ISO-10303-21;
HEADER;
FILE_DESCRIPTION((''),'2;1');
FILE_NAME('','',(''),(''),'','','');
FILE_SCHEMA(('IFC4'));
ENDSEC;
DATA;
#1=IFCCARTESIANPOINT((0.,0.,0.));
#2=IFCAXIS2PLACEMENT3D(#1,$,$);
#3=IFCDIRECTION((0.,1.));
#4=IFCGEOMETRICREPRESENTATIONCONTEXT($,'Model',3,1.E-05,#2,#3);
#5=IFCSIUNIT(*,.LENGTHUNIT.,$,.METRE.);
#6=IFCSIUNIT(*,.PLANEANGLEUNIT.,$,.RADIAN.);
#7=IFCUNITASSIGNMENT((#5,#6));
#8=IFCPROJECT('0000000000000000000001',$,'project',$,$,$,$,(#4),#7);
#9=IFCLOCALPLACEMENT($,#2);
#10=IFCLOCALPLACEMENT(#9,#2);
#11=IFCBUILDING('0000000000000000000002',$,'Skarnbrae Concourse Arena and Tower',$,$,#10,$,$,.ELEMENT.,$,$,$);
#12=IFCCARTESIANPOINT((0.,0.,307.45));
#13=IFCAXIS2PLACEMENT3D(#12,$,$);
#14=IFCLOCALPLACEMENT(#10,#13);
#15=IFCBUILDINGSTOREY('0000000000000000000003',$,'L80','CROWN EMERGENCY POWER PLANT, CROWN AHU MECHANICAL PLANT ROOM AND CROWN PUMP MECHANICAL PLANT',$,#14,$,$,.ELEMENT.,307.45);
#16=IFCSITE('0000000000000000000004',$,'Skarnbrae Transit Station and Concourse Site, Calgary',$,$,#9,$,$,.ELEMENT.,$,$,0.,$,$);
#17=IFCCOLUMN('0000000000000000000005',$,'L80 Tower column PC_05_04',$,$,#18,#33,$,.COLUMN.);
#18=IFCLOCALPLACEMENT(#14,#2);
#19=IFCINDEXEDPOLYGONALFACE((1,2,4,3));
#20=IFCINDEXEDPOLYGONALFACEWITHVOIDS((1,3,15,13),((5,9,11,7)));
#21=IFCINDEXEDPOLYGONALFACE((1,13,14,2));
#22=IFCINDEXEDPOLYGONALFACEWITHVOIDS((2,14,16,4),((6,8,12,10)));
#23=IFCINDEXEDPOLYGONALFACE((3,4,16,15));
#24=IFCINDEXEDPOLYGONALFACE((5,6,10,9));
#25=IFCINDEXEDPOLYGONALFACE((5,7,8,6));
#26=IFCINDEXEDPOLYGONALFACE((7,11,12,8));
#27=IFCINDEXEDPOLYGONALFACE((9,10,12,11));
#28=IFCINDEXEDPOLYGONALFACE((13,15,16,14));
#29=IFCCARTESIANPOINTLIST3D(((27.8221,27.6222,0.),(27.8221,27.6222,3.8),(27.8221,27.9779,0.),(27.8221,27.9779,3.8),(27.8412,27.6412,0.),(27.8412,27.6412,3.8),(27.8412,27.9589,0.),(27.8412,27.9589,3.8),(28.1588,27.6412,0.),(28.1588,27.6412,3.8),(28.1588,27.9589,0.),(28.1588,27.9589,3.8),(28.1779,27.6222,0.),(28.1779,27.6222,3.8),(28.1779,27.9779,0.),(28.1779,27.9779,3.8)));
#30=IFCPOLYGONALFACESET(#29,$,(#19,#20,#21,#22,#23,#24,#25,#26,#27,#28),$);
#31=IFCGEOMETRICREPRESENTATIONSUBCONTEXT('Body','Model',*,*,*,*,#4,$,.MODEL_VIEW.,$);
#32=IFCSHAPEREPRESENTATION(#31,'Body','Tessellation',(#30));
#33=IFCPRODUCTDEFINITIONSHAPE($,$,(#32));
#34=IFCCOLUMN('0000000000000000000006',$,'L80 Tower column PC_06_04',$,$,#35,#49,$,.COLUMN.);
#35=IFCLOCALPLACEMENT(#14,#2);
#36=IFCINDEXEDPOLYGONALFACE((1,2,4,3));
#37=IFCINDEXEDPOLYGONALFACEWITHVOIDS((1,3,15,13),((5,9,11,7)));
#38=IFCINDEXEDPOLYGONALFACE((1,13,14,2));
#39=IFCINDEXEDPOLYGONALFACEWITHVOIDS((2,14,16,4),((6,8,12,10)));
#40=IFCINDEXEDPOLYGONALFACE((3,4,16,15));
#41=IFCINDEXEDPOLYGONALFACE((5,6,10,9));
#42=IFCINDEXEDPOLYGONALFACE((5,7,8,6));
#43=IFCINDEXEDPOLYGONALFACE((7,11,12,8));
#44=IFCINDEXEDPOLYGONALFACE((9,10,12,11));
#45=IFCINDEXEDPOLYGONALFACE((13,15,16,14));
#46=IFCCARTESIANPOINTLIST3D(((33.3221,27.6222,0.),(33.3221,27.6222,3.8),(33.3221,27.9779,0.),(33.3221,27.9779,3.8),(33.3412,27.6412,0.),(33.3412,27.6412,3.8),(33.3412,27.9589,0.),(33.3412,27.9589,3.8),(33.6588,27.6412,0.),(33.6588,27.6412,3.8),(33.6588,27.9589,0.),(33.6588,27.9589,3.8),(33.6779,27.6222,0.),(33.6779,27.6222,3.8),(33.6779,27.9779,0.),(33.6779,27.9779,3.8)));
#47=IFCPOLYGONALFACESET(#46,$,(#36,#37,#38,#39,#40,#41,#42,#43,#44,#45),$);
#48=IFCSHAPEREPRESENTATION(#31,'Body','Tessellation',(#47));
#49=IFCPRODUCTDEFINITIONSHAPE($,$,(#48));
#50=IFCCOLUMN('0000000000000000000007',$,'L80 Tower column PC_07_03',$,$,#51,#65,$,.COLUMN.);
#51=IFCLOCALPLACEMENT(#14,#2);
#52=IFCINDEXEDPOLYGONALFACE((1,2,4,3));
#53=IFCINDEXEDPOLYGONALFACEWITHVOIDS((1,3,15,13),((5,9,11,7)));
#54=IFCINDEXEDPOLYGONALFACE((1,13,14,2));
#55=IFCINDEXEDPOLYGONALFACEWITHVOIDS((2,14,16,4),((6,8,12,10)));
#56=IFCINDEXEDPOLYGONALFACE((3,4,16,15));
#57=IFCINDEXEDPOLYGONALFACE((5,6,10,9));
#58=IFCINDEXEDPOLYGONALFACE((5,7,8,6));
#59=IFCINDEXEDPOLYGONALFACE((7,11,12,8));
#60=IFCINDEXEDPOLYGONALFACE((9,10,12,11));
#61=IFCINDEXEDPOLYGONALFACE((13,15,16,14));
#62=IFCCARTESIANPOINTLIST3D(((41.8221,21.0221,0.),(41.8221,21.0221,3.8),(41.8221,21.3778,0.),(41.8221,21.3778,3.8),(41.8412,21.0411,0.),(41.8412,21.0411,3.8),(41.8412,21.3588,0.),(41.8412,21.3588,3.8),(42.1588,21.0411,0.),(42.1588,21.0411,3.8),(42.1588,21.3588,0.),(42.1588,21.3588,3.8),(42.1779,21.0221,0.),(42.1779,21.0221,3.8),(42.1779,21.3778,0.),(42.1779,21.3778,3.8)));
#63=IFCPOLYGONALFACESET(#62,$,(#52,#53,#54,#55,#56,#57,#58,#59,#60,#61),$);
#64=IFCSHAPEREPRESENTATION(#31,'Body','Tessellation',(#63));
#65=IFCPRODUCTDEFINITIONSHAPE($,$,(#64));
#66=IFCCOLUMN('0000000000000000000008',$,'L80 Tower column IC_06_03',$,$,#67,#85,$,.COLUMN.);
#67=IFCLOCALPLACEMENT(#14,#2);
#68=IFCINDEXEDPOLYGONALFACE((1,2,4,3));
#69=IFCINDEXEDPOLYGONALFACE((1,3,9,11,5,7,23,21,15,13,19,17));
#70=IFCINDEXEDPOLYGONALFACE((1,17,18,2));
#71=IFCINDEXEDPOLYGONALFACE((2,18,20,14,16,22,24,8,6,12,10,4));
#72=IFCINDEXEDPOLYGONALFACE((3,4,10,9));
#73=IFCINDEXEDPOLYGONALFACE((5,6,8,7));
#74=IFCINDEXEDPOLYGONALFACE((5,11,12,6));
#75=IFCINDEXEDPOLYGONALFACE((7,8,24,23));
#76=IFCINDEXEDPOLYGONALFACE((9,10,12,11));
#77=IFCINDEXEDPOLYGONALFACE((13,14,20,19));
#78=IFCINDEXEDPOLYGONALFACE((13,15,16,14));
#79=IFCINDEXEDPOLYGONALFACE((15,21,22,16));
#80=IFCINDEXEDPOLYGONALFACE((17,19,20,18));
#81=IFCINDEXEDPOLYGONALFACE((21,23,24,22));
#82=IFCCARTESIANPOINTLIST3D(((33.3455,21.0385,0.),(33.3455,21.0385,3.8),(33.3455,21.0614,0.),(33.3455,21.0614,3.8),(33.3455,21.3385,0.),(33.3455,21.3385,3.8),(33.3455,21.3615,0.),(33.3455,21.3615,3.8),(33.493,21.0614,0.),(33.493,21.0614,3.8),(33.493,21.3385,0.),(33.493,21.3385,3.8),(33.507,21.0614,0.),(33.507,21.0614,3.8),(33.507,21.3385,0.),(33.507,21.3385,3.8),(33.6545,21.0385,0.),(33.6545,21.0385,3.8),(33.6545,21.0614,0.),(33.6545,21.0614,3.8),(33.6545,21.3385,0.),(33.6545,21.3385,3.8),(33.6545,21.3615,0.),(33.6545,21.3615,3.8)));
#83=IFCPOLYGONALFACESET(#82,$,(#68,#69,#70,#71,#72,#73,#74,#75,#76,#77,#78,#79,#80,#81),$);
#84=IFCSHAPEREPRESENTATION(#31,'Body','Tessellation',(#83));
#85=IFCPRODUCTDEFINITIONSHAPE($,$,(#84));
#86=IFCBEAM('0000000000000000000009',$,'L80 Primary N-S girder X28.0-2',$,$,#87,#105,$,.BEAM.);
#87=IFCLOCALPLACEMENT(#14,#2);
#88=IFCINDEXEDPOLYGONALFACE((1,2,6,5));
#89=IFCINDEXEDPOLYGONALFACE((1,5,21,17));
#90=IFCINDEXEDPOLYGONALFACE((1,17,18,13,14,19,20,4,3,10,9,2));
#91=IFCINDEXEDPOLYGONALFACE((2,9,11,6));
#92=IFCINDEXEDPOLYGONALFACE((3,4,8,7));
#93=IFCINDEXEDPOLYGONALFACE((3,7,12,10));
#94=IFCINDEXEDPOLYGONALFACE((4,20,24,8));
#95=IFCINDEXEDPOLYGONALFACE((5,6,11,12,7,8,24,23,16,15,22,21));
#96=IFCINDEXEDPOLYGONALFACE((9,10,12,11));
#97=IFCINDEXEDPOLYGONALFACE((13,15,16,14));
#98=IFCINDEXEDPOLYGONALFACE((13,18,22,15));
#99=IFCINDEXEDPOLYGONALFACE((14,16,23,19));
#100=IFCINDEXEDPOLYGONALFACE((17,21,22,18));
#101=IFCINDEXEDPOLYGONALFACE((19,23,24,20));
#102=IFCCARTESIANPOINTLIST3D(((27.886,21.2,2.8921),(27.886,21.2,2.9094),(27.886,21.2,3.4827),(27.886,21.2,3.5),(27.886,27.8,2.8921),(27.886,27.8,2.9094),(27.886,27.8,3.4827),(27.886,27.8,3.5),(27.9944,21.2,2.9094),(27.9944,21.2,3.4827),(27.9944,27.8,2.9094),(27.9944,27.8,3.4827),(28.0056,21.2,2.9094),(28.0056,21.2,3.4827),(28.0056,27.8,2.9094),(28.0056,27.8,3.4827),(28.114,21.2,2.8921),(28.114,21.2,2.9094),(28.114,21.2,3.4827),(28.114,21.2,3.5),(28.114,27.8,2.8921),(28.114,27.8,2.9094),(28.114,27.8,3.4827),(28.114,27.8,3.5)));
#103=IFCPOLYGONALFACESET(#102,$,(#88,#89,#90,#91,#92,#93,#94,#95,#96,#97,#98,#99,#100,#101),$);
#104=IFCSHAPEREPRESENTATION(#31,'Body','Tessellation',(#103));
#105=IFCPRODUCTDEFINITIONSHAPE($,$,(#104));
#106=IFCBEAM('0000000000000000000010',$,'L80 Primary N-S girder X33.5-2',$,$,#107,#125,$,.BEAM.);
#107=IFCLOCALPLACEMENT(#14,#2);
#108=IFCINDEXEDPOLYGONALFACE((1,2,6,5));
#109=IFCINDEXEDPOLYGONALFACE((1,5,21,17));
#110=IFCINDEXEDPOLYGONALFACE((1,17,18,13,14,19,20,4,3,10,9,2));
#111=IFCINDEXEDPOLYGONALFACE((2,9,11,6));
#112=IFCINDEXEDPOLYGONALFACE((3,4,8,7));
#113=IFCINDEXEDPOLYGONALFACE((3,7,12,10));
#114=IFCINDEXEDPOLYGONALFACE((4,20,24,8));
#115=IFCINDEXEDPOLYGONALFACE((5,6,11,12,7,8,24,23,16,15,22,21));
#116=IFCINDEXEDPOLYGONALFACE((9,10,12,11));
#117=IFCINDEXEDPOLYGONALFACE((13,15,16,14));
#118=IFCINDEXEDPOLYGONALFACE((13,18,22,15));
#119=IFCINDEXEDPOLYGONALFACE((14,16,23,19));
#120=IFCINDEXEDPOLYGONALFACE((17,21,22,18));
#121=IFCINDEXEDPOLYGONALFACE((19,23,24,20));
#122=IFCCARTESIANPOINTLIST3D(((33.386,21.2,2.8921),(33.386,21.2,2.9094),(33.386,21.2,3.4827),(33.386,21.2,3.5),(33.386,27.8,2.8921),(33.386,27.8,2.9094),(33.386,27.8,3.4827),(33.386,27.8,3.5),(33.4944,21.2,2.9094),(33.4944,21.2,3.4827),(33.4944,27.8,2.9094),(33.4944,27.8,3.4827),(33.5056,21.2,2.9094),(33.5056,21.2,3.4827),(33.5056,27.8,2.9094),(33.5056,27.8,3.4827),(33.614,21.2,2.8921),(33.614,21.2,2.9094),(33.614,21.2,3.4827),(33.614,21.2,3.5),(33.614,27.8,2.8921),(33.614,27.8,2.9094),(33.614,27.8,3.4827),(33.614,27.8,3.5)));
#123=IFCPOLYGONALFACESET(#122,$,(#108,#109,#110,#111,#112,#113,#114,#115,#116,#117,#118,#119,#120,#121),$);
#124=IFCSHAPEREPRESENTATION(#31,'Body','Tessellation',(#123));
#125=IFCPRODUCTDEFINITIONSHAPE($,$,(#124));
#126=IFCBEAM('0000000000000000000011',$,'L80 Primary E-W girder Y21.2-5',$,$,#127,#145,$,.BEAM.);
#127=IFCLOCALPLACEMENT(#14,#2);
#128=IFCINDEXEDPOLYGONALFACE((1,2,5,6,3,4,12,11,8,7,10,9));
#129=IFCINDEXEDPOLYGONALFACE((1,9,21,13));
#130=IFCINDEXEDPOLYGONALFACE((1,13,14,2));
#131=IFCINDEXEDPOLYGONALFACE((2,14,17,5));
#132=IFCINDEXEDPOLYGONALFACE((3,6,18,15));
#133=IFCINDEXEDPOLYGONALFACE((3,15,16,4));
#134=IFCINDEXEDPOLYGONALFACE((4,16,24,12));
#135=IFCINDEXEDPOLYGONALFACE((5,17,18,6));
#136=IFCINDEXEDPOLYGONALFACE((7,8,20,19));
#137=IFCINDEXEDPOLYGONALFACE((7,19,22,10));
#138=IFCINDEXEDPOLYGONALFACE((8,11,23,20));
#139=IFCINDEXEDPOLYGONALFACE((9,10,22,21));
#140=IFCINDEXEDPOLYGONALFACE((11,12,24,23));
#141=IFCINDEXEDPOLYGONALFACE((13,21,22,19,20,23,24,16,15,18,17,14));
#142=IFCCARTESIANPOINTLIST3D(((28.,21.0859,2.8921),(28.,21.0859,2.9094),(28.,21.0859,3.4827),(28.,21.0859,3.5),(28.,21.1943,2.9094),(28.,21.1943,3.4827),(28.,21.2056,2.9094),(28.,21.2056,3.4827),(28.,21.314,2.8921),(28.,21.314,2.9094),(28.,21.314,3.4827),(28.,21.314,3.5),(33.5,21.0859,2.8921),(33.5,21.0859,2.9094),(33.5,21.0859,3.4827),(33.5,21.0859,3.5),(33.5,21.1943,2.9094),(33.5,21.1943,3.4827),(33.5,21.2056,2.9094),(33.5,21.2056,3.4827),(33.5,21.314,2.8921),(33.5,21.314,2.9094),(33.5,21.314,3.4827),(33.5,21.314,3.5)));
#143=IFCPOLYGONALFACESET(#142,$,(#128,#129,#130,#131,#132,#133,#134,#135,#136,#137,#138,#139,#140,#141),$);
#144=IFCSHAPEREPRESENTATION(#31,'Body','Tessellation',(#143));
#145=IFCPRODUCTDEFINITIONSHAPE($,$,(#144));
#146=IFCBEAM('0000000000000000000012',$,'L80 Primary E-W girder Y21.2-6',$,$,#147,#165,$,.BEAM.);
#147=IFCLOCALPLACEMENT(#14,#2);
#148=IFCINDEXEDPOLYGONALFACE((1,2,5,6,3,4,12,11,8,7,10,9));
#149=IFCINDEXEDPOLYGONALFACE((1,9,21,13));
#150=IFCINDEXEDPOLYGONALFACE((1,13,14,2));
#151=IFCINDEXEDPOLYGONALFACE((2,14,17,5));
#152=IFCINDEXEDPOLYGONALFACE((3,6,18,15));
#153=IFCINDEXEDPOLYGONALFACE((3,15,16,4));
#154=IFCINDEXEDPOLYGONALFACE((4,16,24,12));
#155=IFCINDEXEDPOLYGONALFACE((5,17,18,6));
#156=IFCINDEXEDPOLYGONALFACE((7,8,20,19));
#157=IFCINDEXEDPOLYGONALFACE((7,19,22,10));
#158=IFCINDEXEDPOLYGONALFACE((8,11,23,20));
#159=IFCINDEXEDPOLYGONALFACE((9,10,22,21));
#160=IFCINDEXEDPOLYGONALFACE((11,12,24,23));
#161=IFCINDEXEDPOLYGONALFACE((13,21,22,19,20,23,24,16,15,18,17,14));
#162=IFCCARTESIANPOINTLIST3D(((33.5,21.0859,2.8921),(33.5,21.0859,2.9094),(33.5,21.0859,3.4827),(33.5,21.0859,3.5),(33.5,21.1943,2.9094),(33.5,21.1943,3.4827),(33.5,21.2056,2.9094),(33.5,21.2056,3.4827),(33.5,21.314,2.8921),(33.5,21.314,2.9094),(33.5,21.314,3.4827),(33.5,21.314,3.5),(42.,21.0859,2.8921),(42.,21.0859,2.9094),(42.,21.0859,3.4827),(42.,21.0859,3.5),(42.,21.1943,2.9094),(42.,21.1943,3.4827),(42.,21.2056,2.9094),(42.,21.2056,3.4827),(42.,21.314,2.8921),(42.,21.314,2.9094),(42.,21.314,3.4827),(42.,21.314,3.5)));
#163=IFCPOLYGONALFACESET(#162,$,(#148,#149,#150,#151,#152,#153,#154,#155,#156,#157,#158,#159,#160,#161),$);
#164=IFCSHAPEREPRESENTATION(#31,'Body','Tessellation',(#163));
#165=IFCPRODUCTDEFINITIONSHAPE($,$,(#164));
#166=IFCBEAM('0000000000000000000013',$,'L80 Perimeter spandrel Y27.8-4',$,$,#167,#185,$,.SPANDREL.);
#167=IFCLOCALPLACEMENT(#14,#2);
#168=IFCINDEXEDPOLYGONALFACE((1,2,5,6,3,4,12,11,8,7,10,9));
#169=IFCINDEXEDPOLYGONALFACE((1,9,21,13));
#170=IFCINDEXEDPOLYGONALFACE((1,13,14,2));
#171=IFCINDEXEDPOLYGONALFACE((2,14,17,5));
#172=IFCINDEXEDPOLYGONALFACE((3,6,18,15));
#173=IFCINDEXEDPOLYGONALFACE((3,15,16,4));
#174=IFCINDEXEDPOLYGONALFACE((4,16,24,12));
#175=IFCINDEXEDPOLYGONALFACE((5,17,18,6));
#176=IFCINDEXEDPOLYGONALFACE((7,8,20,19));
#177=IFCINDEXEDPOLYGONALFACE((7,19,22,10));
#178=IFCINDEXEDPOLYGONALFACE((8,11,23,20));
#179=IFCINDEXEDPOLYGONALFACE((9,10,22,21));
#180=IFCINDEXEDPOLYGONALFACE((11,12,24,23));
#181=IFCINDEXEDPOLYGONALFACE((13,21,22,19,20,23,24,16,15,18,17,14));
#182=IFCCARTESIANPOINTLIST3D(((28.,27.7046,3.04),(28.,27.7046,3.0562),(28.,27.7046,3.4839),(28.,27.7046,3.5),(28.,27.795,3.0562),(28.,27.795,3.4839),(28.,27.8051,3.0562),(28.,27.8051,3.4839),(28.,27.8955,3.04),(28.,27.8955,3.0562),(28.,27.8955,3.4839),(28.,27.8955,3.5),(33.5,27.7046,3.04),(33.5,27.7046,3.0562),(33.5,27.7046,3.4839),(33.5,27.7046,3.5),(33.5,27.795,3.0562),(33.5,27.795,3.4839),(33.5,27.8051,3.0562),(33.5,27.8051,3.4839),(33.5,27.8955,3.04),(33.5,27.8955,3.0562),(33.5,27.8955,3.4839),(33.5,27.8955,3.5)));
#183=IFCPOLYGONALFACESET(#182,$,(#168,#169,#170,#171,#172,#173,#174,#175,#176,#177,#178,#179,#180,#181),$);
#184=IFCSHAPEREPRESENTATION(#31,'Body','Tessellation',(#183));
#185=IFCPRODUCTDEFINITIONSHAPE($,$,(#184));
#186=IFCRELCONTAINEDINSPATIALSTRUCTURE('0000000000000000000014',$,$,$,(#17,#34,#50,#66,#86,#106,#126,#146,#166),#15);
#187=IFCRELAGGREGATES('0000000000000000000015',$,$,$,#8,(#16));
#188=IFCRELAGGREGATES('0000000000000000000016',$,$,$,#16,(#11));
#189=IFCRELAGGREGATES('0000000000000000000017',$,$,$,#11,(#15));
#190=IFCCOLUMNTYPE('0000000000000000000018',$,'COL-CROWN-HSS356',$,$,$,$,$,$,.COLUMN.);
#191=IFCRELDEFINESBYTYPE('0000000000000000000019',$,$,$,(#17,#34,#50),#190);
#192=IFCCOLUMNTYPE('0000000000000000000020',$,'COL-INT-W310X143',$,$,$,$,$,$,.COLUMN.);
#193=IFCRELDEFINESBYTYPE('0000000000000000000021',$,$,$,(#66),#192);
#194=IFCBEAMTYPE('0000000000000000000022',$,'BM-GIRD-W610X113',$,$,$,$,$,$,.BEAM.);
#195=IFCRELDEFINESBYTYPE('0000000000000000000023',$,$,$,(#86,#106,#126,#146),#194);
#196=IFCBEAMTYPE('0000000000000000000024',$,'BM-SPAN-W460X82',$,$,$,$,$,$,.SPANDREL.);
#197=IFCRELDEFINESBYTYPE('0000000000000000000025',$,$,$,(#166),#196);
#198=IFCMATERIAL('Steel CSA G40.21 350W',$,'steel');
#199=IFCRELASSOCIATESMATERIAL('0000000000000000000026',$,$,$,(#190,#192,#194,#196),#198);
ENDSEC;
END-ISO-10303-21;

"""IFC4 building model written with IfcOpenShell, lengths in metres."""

from ifc_helpers import new_model, si_unit, direction, frame, origin, origin_2d, place, context, subcontext, project, spatial, hollow_rectangle, i_section, extrude, source, transform, mapped, material, material_profile, profile_set, type_object, element, save


model = new_model("IFC4")

# Units and contexts
model_context = context("Model", 3, precision=1e-05, world=origin(), true_north=direction((0.0, 1.0)))
body_context = subcontext(model_context, "Body", "Model", "MODEL_VIEW")
ifc_project = project(units=[si_unit("LENGTHUNIT", "METRE"), si_unit("PLANEANGLEUNIT", "RADIAN")], contexts=[model_context])

# Site, building, storey
site_placement = place(None, origin())
site = spatial("IfcSite", under=ifc_project, at=site_placement, Name="Skarnbrae Transit Station and Concourse Site, Calgary", CompositionType="ELEMENT", RefElevation=0.0)
building_placement = place(site_placement, origin())
building = spatial("IfcBuilding", under=site, at=building_placement, Name="Skarnbrae Concourse Arena and Tower", CompositionType="ELEMENT")
storey_placement = place(building_placement, frame((0.0, 0.0, 307.45)))
storey = spatial("IfcBuildingStorey", under=building, at=storey_placement, Name="L80", Description="CROWN EMERGENCY POWER PLANT, CROWN AHU MECHANICAL PLANT ROOM AND CROWN PUMP MECHANICAL PLANT", CompositionType="ELEMENT", Elevation=307.45)

# Columns
ifc_material_1 = material(Name="Steel CSA G40.21 350W", Category="steel")
ifc_material_profile_1 = material_profile(ifc_material_1, hollow_rectangle(XDim=0.3557, YDim=0.3557, WallThickness=0.019, at=origin_2d()), Name="HSS356X356X19.0")
ifc_profile_set_1 = profile_set([ifc_material_profile_1], Name="Steel CSA G40.21 350W")
column_type_1 = type_object("IfcColumnType", Name="COL-CROWN-HSS356", PredefinedType="COLUMN", material=ifc_profile_set_1)
shared_shape_1 = source(origin(), body_context, "Body", "SweptSolid", [
    extrude(hollow_rectangle(XDim=0.3557, YDim=0.3557, WallThickness=0.019, at=origin_2d()), origin(), (0.0, 0.0, 1.0), 3.8),
])
for number, where, z_axis, x_axis, name in (
    (1, (28.0, 27.8, 0.0), (0.0, 0.0, 1.0), (1.0, 0.0, 0.0), "L80 Tower column PC_05_04"),
    (2, (33.5, 27.8, 0.0), (0.0, 0.0, 1.0), (1.0, 0.0, 0.0), "L80 Tower column PC_06_04"),
    (3, (42.0, 21.2, 0.0), (0.0, 0.0, 1.0), (1.0, 0.0, 0.0), "L80 Tower column PC_07_03"),
):
    element("IfcColumn", number, at=place(storey_placement, frame(where, z_axis=z_axis, x_axis=x_axis)), inside=storey, type_object=column_type_1, Name=name, PredefinedType="COLUMN", context=body_context, shape_type="MappedRepresentation", body=[
        mapped(shared_shape_1, transform((0.0, 0.0, 0.0))),
    ])
ifc_material_profile_2 = material_profile(ifc_material_1, i_section(OverallWidth=0.3091, OverallDepth=0.323, WebThickness=0.0139, FlangeThickness=0.0229, at=origin_2d()), Name="W310X143")
ifc_profile_set_2 = profile_set([ifc_material_profile_2], Name="Steel CSA G40.21 350W")
column_type_2 = type_object("IfcColumnType", Name="COL-INT-W310X143", PredefinedType="COLUMN", material=ifc_profile_set_2)
shared_shape_2 = source(origin(), body_context, "Body", "SweptSolid", [
    extrude(i_section(OverallWidth=0.3091, OverallDepth=0.323, WebThickness=0.0139, FlangeThickness=0.0229, at=origin_2d()), origin(), (0.0, 0.0, 1.0), 3.8),
])
column_placement = place(storey_placement, frame((33.5, 21.2, 0.0), z_axis=(0.0, 0.0, 1.0), x_axis=(1.0, 0.0, 0.0)))
element("IfcColumn", 4, at=column_placement, inside=storey, type_object=column_type_2, Name="L80 Tower column IC_06_03", PredefinedType="COLUMN", context=body_context, shape_type="MappedRepresentation", body=[
    mapped(shared_shape_2, transform((0.0, 0.0, 0.0))),
])

# Beams
ifc_material_profile_3 = material_profile(ifc_material_1, i_section(OverallWidth=0.228, OverallDepth=0.6079, WebThickness=0.0112, FlangeThickness=0.0173, at=origin_2d()), Name="W610X113")
ifc_profile_set_3 = profile_set([ifc_material_profile_3], Name="Steel CSA G40.21 350W")
beam_type_1 = type_object("IfcBeamType", Name="BM-GIRD-W610X113", PredefinedType="BEAM", material=ifc_profile_set_3)
shared_shape_3 = source(origin(), body_context, "Body", "SweptSolid", [
    extrude(i_section(OverallWidth=0.228, OverallDepth=0.6079, WebThickness=0.0112, FlangeThickness=0.0173, at=origin_2d()), origin(), (0.0, 0.0, 1.0), 6.6001),
])
for number, where, z_axis, x_axis, name in (
    (5, (28.0, 21.2, 3.196), (0.0, 1.0, 0.0), (-1.0, 0.0, 0.0), "L80 Primary N-S girder X28.0-2"),
    (6, (33.5, 21.2, 3.196), (0.0, 1.0, 0.0), (-1.0, 0.0, 0.0), "L80 Primary N-S girder X33.5-2"),
):
    element("IfcBeam", number, at=place(storey_placement, frame(where, z_axis=z_axis, x_axis=x_axis)), inside=storey, type_object=beam_type_1, Name=name, PredefinedType="BEAM", context=body_context, shape_type="MappedRepresentation", body=[
        mapped(shared_shape_3, transform((0.0, 0.0, 0.0))),
    ])
shared_shape_4 = source(origin(), body_context, "Body", "SweptSolid", [
    extrude(i_section(OverallWidth=0.228, OverallDepth=0.6079, WebThickness=0.0112, FlangeThickness=0.0173, at=origin_2d()), origin(), (0.0, 0.0, 1.0), 5.5),
])
beam_1_placement = place(storey_placement, frame((28.0, 21.2, 3.196), z_axis=(1.0, 0.0, 0.0), x_axis=(0.0, 1.0, 0.0)))
element("IfcBeam", 7, at=beam_1_placement, inside=storey, type_object=beam_type_1, Name="L80 Primary E-W girder Y21.2-5", PredefinedType="BEAM", context=body_context, shape_type="MappedRepresentation", body=[
    mapped(shared_shape_4, transform((0.0, 0.0, 0.0))),
])
shared_shape_5 = source(origin(), body_context, "Body", "SweptSolid", [
    extrude(i_section(OverallWidth=0.228, OverallDepth=0.6079, WebThickness=0.0112, FlangeThickness=0.0173, at=origin_2d()), origin(), (0.0, 0.0, 1.0), 8.5),
])
beam_2_placement = place(storey_placement, frame((33.5, 21.2, 3.196), z_axis=(1.0, 0.0, 0.0), x_axis=(0.0, 1.0, 0.0)))
element("IfcBeam", 8, at=beam_2_placement, inside=storey, type_object=beam_type_1, Name="L80 Primary E-W girder Y21.2-6", PredefinedType="BEAM", context=body_context, shape_type="MappedRepresentation", body=[
    mapped(shared_shape_5, transform((0.0, 0.0, 0.0))),
])
ifc_material_profile_4 = material_profile(ifc_material_1, i_section(OverallWidth=0.1909, OverallDepth=0.46, WebThickness=0.01, FlangeThickness=0.0161, at=origin_2d()), Name="W460X82")
ifc_profile_set_4 = profile_set([ifc_material_profile_4], Name="Steel CSA G40.21 350W")
beam_type_2 = type_object("IfcBeamType", Name="BM-SPAN-W460X82", PredefinedType="SPANDREL", material=ifc_profile_set_4)
shared_shape_6 = source(origin(), body_context, "Body", "SweptSolid", [
    extrude(i_section(OverallWidth=0.1909, OverallDepth=0.46, WebThickness=0.01, FlangeThickness=0.0161, at=origin_2d()), origin(), (0.0, 0.0, 1.0), 5.5),
])
beam_3_placement = place(storey_placement, frame((28.0, 27.8, 3.27), z_axis=(1.0, 0.0, 0.0), x_axis=(0.0, 1.0, 0.0)))
element("IfcBeam", 9, at=beam_3_placement, inside=storey, type_object=beam_type_2, Name="L80 Perimeter spandrel Y27.8-4", PredefinedType="SPANDREL", context=body_context, shape_type="MappedRepresentation", body=[
    mapped(shared_shape_6, transform((0.0, 0.0, 0.0))),
])

save(model, "model.ifc")
